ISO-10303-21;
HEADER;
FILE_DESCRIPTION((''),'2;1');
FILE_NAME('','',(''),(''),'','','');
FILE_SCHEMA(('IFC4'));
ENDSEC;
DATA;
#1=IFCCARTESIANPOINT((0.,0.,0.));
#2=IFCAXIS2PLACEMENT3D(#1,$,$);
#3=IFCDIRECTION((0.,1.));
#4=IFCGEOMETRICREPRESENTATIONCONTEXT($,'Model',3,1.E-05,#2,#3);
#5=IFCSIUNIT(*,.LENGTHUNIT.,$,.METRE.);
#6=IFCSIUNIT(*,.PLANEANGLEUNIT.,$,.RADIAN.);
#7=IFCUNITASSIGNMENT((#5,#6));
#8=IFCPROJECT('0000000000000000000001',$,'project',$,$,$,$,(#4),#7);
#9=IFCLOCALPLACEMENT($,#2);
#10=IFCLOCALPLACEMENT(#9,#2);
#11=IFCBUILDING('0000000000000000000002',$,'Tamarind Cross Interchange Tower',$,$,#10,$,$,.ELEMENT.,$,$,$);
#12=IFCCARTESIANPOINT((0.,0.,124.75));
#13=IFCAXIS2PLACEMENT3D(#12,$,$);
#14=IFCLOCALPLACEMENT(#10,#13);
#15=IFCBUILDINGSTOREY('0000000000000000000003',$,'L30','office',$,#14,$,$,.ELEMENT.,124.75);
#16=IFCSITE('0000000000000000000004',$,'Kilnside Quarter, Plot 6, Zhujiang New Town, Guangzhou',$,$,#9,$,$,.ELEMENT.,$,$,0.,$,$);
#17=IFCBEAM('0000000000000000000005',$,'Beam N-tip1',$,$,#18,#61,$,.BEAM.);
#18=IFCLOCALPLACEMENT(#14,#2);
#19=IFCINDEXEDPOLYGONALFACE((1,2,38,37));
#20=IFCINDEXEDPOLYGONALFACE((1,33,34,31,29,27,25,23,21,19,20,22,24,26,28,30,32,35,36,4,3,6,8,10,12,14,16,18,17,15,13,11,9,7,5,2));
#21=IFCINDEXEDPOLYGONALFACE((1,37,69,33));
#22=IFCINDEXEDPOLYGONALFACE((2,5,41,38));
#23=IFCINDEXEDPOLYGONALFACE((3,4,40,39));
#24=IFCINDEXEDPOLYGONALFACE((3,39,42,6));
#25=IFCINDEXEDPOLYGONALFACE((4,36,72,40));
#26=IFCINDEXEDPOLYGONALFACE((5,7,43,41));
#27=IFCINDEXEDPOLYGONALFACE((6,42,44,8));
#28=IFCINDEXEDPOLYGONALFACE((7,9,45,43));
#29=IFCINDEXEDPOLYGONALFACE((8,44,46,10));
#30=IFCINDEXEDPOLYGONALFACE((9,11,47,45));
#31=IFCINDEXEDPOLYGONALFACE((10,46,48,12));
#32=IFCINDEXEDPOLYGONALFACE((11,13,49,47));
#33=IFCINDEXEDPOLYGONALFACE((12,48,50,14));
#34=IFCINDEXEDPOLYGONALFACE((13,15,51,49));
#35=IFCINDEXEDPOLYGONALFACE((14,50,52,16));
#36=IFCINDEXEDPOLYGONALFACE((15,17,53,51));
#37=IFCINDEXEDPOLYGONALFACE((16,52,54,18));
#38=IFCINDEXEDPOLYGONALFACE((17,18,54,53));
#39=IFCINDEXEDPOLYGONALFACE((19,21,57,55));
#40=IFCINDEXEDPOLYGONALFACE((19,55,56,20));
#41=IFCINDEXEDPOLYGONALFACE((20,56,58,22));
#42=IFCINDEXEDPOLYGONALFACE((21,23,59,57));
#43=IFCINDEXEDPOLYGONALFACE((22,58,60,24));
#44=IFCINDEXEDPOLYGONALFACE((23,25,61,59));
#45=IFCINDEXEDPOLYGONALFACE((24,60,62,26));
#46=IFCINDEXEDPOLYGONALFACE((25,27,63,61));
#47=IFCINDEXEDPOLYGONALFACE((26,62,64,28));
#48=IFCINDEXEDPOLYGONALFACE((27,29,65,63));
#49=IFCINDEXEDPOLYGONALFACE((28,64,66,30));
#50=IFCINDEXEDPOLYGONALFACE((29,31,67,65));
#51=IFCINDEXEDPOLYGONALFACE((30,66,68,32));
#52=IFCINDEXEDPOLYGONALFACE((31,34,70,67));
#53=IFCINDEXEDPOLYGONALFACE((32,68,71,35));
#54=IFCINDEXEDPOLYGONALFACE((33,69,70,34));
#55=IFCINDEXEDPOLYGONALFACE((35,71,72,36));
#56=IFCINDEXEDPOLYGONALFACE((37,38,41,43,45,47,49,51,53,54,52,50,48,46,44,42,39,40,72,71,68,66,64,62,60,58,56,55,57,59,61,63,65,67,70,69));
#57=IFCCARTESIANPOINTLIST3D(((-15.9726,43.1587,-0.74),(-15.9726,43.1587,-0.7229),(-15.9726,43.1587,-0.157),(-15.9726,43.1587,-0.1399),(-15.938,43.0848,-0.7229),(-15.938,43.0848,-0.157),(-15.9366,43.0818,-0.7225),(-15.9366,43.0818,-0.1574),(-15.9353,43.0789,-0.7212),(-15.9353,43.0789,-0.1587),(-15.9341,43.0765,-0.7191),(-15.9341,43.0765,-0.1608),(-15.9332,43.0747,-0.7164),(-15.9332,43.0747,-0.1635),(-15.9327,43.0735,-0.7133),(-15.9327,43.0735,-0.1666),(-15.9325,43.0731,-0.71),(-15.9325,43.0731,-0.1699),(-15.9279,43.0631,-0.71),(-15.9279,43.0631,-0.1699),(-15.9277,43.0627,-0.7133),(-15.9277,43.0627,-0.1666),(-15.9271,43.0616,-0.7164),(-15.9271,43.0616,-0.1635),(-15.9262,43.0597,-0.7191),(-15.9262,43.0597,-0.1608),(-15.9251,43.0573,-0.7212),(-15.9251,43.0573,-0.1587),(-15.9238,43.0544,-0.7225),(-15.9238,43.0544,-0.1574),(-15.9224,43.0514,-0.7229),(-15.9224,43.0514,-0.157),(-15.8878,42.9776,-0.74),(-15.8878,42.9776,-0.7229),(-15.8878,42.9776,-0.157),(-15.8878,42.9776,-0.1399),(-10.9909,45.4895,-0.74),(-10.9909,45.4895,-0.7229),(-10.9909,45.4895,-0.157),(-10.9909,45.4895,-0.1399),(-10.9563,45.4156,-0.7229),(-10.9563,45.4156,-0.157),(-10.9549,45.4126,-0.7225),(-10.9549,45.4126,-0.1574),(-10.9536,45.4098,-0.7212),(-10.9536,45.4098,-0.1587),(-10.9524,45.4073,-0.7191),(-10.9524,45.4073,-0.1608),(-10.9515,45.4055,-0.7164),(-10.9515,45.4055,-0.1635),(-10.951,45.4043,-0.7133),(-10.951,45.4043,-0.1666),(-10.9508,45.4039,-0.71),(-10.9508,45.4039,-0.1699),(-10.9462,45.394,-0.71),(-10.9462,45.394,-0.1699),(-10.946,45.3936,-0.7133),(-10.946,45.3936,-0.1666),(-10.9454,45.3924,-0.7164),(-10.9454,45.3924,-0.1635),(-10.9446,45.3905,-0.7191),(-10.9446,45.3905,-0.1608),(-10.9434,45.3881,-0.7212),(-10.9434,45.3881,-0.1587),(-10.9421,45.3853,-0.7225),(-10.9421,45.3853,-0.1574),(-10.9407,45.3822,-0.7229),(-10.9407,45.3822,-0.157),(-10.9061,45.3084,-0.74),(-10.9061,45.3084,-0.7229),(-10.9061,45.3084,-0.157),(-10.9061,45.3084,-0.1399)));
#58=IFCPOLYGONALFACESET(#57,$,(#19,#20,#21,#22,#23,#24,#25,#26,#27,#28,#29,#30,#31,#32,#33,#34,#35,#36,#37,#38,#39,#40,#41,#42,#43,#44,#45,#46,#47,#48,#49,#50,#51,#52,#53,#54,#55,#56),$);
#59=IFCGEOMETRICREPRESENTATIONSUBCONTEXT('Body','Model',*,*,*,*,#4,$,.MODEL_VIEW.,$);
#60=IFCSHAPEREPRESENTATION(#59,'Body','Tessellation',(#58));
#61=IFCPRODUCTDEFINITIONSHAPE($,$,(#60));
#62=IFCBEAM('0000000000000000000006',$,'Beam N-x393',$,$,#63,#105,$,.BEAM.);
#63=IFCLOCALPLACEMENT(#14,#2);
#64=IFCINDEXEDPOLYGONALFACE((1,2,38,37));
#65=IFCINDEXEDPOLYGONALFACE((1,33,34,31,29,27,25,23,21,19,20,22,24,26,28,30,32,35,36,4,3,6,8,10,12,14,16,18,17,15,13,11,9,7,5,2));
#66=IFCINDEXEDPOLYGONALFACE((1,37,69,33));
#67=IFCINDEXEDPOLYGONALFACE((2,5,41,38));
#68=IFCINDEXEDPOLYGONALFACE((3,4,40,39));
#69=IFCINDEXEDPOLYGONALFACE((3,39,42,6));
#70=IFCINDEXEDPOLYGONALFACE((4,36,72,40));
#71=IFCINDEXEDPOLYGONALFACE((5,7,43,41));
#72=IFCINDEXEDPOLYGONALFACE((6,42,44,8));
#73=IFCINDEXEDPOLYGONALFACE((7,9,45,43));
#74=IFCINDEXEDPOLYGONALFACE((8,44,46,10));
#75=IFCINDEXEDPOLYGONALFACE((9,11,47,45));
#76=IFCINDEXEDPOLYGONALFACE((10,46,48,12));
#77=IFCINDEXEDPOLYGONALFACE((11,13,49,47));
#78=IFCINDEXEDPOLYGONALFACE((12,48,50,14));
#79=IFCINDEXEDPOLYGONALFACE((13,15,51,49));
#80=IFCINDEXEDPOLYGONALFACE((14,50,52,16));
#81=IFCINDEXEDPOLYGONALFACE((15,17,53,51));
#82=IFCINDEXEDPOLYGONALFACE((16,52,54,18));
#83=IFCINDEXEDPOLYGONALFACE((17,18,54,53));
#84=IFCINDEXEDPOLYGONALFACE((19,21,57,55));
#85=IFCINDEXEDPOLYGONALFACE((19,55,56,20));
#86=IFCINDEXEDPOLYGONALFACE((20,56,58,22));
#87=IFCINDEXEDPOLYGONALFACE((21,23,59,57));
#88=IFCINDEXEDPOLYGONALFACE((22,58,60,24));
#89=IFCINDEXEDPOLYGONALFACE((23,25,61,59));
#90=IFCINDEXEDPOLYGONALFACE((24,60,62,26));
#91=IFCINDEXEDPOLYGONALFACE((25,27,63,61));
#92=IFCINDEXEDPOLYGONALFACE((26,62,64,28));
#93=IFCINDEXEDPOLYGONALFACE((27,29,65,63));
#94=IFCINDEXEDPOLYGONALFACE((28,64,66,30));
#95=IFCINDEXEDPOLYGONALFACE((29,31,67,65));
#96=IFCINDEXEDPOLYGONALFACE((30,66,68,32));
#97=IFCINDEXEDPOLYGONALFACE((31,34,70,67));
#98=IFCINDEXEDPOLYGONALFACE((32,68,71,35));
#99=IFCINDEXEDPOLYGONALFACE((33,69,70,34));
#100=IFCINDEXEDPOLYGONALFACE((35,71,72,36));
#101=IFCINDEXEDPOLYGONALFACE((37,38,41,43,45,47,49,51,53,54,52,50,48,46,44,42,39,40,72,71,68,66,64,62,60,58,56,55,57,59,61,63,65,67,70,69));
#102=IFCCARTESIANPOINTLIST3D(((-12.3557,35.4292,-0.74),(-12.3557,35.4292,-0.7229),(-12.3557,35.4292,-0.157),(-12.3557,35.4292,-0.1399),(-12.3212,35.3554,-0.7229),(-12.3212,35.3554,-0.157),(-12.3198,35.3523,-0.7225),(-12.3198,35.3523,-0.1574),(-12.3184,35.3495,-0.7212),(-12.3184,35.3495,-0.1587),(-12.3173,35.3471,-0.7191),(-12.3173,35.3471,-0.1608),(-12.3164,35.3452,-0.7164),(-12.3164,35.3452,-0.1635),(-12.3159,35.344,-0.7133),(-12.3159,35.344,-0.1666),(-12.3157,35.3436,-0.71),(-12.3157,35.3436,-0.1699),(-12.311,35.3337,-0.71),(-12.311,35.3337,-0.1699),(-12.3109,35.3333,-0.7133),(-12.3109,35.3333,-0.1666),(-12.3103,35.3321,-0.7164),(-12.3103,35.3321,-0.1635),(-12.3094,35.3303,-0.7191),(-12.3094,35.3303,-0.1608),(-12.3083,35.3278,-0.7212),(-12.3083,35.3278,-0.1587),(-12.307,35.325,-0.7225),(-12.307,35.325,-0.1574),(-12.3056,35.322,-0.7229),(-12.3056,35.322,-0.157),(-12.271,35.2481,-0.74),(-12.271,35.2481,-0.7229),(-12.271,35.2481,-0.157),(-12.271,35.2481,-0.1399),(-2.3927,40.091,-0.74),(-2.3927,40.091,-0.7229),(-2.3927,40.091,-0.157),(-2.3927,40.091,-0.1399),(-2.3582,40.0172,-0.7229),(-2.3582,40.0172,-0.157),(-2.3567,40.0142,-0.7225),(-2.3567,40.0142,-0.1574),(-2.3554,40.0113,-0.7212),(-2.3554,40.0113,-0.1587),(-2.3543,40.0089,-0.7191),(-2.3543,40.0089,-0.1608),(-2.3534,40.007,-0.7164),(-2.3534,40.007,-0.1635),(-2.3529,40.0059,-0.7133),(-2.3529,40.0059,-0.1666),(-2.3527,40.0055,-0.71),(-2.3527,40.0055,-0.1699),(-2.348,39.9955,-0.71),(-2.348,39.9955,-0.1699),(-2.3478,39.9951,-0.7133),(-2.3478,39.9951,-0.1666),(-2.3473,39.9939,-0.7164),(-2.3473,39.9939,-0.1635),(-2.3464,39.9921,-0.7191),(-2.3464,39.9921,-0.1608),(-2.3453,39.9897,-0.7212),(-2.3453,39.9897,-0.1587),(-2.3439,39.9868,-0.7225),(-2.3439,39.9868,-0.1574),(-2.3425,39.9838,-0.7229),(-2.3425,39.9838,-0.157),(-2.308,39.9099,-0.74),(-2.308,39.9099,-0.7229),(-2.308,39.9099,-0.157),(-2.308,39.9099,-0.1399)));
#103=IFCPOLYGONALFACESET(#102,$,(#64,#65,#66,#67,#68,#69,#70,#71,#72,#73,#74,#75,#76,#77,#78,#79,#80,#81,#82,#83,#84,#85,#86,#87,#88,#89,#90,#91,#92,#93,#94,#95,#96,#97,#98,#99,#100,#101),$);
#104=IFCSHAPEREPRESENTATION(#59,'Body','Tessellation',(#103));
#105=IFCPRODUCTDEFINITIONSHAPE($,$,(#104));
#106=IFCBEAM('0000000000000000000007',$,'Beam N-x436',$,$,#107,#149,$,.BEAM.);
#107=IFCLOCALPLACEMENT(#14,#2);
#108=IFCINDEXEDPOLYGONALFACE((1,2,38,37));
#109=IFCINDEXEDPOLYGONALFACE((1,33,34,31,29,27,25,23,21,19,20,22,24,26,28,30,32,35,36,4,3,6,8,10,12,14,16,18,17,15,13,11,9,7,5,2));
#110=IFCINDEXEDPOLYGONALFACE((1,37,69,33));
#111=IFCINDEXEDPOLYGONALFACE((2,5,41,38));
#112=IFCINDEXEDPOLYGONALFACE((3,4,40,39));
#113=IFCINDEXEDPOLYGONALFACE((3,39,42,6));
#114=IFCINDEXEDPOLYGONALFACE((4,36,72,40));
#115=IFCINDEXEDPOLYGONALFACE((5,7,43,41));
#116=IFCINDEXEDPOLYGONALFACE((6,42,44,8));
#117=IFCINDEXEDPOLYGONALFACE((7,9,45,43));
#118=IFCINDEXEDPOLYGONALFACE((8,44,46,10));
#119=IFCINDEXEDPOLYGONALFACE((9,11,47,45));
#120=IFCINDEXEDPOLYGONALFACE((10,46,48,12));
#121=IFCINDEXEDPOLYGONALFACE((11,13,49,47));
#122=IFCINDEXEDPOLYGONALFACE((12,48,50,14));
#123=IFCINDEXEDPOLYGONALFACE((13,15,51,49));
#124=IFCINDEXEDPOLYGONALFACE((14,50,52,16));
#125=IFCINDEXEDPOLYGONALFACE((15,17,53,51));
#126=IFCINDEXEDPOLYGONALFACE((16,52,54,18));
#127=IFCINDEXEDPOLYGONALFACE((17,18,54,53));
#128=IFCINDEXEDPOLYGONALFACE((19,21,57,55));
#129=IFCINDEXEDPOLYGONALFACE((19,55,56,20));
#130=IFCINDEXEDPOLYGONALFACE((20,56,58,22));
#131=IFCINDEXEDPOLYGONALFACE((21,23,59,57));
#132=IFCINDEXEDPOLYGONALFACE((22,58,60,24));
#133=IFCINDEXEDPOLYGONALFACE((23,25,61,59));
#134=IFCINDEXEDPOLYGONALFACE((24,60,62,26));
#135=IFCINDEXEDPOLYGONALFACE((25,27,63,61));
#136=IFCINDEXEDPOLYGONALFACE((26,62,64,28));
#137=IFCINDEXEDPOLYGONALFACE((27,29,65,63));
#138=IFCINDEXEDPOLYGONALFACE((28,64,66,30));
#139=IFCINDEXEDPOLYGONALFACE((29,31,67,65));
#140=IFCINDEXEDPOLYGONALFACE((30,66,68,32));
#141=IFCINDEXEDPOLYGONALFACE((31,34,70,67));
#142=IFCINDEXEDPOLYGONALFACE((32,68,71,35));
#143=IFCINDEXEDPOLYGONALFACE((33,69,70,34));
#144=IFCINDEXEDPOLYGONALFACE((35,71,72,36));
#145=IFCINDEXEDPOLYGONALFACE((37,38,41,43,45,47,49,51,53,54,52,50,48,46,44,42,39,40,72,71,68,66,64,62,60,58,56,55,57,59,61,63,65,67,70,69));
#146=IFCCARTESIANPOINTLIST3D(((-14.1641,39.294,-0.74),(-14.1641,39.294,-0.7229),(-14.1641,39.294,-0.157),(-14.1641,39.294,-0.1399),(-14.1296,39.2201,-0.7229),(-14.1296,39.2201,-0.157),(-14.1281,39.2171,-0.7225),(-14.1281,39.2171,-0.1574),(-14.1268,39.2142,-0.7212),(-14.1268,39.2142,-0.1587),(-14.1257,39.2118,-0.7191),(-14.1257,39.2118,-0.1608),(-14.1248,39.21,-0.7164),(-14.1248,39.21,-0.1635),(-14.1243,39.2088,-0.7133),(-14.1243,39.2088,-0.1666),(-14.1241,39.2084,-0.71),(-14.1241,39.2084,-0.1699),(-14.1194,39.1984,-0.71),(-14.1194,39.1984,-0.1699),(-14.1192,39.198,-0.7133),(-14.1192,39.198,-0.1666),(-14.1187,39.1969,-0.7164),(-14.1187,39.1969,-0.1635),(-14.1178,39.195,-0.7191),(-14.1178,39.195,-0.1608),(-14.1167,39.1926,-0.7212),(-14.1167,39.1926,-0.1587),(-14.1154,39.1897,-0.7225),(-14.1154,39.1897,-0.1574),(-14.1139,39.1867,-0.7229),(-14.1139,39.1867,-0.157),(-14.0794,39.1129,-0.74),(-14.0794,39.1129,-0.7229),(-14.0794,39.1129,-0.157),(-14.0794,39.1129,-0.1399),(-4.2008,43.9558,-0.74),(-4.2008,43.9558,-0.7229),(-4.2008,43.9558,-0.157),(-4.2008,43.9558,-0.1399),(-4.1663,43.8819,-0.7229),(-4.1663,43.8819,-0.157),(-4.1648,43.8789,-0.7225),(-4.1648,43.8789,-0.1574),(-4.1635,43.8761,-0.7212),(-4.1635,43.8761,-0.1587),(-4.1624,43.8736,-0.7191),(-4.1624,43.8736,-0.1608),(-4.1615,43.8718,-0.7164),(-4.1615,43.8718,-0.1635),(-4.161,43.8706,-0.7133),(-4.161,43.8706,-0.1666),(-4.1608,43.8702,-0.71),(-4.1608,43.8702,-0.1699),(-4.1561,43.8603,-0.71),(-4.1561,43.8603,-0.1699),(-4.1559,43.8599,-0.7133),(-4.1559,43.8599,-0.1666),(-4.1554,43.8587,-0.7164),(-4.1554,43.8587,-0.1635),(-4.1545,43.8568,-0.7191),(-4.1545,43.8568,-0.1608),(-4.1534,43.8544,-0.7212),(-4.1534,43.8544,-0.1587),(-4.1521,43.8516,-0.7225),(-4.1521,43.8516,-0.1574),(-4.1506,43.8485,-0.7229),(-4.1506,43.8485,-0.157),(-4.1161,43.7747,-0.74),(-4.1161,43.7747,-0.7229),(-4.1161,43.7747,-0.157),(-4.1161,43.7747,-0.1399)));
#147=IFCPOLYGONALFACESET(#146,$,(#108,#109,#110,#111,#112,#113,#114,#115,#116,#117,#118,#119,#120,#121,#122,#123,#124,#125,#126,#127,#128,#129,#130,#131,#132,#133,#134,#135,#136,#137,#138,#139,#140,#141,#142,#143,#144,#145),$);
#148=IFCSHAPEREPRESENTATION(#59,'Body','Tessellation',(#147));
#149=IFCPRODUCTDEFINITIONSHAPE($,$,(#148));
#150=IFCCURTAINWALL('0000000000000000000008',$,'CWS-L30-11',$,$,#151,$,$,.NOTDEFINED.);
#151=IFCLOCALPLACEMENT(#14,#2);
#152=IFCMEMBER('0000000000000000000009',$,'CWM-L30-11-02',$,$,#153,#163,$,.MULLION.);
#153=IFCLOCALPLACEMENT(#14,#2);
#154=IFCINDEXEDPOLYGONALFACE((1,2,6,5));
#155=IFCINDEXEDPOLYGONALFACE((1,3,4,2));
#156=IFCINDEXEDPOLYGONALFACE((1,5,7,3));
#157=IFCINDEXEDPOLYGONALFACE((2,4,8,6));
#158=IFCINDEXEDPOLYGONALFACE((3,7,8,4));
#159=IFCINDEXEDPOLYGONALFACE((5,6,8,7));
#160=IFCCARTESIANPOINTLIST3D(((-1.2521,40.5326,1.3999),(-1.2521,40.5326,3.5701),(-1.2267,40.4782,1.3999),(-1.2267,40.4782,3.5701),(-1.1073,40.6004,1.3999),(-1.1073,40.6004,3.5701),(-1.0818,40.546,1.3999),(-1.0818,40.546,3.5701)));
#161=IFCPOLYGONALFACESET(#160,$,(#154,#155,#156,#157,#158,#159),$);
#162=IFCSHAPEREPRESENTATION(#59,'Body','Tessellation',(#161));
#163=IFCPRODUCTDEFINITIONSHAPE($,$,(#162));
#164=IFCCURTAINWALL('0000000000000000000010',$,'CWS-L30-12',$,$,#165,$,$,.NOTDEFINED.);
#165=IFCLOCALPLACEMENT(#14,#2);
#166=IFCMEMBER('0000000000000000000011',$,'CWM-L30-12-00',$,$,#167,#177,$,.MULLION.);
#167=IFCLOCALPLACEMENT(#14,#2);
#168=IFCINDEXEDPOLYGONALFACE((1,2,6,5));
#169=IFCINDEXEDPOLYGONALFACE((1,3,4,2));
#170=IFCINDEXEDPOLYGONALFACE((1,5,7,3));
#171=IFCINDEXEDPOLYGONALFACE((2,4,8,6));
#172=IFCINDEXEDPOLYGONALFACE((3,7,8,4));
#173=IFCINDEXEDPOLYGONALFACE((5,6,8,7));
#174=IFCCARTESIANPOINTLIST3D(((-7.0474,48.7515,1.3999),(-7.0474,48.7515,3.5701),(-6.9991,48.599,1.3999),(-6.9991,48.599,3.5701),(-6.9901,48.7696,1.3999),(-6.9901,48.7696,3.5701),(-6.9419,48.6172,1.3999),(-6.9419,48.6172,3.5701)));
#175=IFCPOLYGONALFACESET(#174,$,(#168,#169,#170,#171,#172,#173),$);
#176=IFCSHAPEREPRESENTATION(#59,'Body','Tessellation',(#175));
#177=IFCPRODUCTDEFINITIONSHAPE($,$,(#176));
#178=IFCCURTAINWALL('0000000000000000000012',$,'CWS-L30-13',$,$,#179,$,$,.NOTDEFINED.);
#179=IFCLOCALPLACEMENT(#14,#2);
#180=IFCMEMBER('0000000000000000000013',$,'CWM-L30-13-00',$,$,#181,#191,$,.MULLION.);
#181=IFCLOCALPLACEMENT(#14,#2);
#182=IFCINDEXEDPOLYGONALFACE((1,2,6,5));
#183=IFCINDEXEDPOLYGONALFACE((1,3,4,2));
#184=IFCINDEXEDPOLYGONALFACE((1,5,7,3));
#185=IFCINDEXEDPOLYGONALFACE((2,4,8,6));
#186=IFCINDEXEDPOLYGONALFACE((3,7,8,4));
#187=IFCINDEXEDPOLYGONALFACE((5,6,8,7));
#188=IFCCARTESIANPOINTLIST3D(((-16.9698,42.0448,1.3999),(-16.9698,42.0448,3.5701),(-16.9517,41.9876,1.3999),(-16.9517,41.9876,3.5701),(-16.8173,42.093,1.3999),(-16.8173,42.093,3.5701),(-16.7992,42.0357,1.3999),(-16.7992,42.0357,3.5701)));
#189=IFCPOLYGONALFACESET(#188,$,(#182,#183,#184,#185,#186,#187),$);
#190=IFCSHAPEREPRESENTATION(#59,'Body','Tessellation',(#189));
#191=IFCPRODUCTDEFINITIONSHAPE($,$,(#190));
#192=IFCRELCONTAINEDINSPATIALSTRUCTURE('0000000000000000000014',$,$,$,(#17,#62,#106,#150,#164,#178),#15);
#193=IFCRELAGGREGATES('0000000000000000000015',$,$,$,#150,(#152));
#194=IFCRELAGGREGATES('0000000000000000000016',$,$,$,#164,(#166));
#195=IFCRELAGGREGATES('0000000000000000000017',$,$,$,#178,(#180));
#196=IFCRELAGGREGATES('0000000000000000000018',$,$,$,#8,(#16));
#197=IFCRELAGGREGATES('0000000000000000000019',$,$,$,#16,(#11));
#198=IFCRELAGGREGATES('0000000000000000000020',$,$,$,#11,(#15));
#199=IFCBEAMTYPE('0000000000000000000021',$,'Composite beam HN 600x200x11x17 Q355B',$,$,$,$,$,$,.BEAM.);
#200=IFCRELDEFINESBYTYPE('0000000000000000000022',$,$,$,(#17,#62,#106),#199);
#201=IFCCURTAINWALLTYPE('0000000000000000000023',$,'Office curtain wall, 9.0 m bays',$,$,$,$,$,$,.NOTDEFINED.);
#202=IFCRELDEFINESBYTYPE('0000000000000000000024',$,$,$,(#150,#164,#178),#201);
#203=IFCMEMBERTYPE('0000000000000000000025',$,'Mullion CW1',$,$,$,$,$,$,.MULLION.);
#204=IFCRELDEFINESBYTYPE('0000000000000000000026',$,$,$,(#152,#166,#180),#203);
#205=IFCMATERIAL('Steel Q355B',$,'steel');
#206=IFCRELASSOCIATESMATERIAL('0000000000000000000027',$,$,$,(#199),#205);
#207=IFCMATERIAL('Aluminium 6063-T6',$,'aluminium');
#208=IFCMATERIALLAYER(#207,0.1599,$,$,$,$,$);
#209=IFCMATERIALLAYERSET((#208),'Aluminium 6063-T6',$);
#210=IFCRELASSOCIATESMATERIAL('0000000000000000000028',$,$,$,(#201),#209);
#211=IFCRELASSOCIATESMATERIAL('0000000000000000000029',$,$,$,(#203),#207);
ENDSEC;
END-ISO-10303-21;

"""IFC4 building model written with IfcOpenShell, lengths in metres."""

from ifc_helpers import new_model, si_unit, direction, frame, origin, origin_2d, place, context, subcontext, project, spatial, rectangle, i_section, extrude, material, layer, layer_set, material_profile, profile_set, type_object, element, aggregate, save


model = new_model("IFC4")

# Units and contexts
model_context = context("Model", 3, precision=1e-05, world=origin(), true_north=direction((0.0, 1.0)))
body_context = subcontext(model_context, "Body", "Model", "MODEL_VIEW")
ifc_project = project(units=[si_unit("LENGTHUNIT", "METRE"), si_unit("PLANEANGLEUNIT", "RADIAN")], contexts=[model_context])

# Site, building, storey
site_placement = place(None, origin())
site = spatial("IfcSite", under=ifc_project, at=site_placement, Name="Kilnside Quarter, Plot 6, Zhujiang New Town, Guangzhou", CompositionType="ELEMENT", RefElevation=0.0)
building_placement = place(site_placement, origin())
building = spatial("IfcBuilding", under=site, at=building_placement, Name="Tamarind Cross Interchange Tower", CompositionType="ELEMENT")
storey_placement = place(building_placement, frame((0.0, 0.0, 124.75)))
storey = spatial("IfcBuildingStorey", under=building, at=storey_placement, Name="L30", Description="office", CompositionType="ELEMENT", Elevation=124.75)

# Beams
ifc_material_1 = material(Name="Steel Q355B", Category="steel")
ifc_material_profile_1 = material_profile(ifc_material_1, i_section(OverallWidth=0.2, OverallDepth=0.6001, WebThickness=0.011, FlangeThickness=0.0171, FilletRadius=0.0129, at=origin_2d()), Name="HN 600x200x11x17")
ifc_profile_set_1 = profile_set([ifc_material_profile_1], Name="Steel Q355B")
beam_type_1 = type_object("IfcBeamType", Name="Composite beam HN 600x200x11x17 Q355B", PredefinedType="BEAM", material=ifc_profile_set_1)
for number, where, z_axis, x_axis, name in (
    (1, (-10.9485, 45.3989, -0.4399), (-0.905763, -0.423784, 0.0), (0.423784, -0.905763, 0.0), "Beam N-tip1"),
):
    element("IfcBeam", number, at=place(storey_placement, frame(where, z_axis=z_axis, x_axis=x_axis)), inside=storey, type_object=beam_type_1, Name=name, PredefinedType="BEAM", context=body_context, shape_type="SweptSolid", body=[
        extrude(i_section(OverallWidth=0.2, OverallDepth=0.6001, WebThickness=0.011, FlangeThickness=0.0171, FilletRadius=0.0129, at=origin_2d()), origin(), (0.0, 0.0, 1.0), 5.5),
    ])
beam_1_placement = place(storey_placement, frame((-2.3503, 40.0005, -0.4399), z_axis=(-0.905751, -0.423811, 0.0), x_axis=(0.423811, -0.905751, 0.0)))
element("IfcBeam", 2, at=beam_1_placement, inside=storey, type_object=beam_type_1, Name="Beam N-x393", PredefinedType="BEAM", context=body_context, shape_type="SweptSolid", body=[
    extrude(i_section(OverallWidth=0.2, OverallDepth=0.6001, WebThickness=0.011, FlangeThickness=0.0171, FilletRadius=0.0129, at=origin_2d()), origin(), (0.0, 0.0, 1.0), 10.9998),
])
beam_2_placement = place(storey_placement, frame((-4.1584, 43.8652, -0.4399), z_axis=(-0.905755, -0.423803, 0.0), x_axis=(0.423803, -0.905755, 0.0)))
element("IfcBeam", 3, at=beam_2_placement, inside=storey, type_object=beam_type_1, Name="Beam N-x436", PredefinedType="BEAM", context=body_context, shape_type="SweptSolid", body=[
    extrude(i_section(OverallWidth=0.2, OverallDepth=0.6001, WebThickness=0.011, FlangeThickness=0.0171, FilletRadius=0.0129, at=origin_2d()), origin(), (0.0, 0.0, 1.0), 11.0),
])

# Curtain walls, members
ifc_material_2 = material(Name="Aluminium 6063-T6", Category="aluminium")
ifc_layer_1 = layer(ifc_material_2, 0.1599)
ifc_layer_set_1 = layer_set([ifc_layer_1], Name="Aluminium 6063-T6")
curtain_wall_type = type_object("IfcCurtainWallType", Name="Office curtain wall, 9.0 m bays", PredefinedType="NOTDEFINED", material=ifc_layer_set_1)
curtain_wall_1_placement = place(storey_placement, origin())
curtain_wall_1 = element("IfcCurtainWall", 4, at=curtain_wall_1_placement, inside=storey, type_object=curtain_wall_type, Name="CWS-L30-11", PredefinedType="NOTDEFINED")
ifc_material_profile_2 = material_profile(ifc_material_2, rectangle(XDim=0.0601, YDim=0.1599, at=origin_2d()), Name="Mullion CW1")
ifc_profile_set_2 = profile_set([ifc_material_profile_2], Name="Aluminium 6063-T6")
member_type = type_object("IfcMemberType", Name="Mullion CW1", PredefinedType="MULLION", material=ifc_profile_set_2)
member_1_placement = place(storey_placement, frame((-1.167, 40.5393, 1.3999), z_axis=(0.0, 0.0, 1.0), x_axis=(-0.423807, 0.905752, 0.0)))
member_1 = element("IfcMember", 5, at=member_1_placement, type_object=member_type, Name="CWM-L30-11-02", PredefinedType="MULLION", context=body_context, shape_type="SweptSolid", body=[
    extrude(rectangle(XDim=0.0601, YDim=0.1599, at=origin_2d()), origin(), (0.0, 0.0, 1.0), 2.1702),
])
aggregate(curtain_wall_1, [member_1])
curtain_wall_2_placement = place(storey_placement, origin())
curtain_wall_2 = element("IfcCurtainWall", 6, at=curtain_wall_2_placement, inside=storey, type_object=curtain_wall_type, Name="CWS-L30-12", PredefinedType="NOTDEFINED")
member_2_placement = place(storey_placement, frame((-6.9946, 48.6843, 1.3999), z_axis=(0.0, 0.0, 1.0), x_axis=(-0.953321, -0.301957, 0.0)))
member_2 = element("IfcMember", 7, at=member_2_placement, type_object=member_type, Name="CWM-L30-12-00", PredefinedType="MULLION", context=body_context, shape_type="SweptSolid", body=[
    extrude(rectangle(XDim=0.0601, YDim=0.1599, at=origin_2d()), origin(), (0.0, 0.0, 1.0), 2.1702),
])
aggregate(curtain_wall_2, [member_2])
curtain_wall_3_placement = place(storey_placement, origin())
curtain_wall_3 = element("IfcCurtainWall", 8, at=curtain_wall_3_placement, inside=storey, type_object=curtain_wall_type, Name="CWS-L30-13", PredefinedType="NOTDEFINED")
member_3_placement = place(storey_placement, frame((-16.8845, 42.0403, 1.3999), z_axis=(0.0, 0.0, 1.0), x_axis=(0.301098, -0.953593, 0.0)))
member_3 = element("IfcMember", 9, at=member_3_placement, type_object=member_type, Name="CWM-L30-13-00", PredefinedType="MULLION", context=body_context, shape_type="SweptSolid", body=[
    extrude(rectangle(XDim=0.0601, YDim=0.1599, at=origin_2d()), origin(), (0.0, 0.0, 1.0), 2.1702),
])
aggregate(curtain_wall_3, [member_3])

save(model, "model.ifc")
